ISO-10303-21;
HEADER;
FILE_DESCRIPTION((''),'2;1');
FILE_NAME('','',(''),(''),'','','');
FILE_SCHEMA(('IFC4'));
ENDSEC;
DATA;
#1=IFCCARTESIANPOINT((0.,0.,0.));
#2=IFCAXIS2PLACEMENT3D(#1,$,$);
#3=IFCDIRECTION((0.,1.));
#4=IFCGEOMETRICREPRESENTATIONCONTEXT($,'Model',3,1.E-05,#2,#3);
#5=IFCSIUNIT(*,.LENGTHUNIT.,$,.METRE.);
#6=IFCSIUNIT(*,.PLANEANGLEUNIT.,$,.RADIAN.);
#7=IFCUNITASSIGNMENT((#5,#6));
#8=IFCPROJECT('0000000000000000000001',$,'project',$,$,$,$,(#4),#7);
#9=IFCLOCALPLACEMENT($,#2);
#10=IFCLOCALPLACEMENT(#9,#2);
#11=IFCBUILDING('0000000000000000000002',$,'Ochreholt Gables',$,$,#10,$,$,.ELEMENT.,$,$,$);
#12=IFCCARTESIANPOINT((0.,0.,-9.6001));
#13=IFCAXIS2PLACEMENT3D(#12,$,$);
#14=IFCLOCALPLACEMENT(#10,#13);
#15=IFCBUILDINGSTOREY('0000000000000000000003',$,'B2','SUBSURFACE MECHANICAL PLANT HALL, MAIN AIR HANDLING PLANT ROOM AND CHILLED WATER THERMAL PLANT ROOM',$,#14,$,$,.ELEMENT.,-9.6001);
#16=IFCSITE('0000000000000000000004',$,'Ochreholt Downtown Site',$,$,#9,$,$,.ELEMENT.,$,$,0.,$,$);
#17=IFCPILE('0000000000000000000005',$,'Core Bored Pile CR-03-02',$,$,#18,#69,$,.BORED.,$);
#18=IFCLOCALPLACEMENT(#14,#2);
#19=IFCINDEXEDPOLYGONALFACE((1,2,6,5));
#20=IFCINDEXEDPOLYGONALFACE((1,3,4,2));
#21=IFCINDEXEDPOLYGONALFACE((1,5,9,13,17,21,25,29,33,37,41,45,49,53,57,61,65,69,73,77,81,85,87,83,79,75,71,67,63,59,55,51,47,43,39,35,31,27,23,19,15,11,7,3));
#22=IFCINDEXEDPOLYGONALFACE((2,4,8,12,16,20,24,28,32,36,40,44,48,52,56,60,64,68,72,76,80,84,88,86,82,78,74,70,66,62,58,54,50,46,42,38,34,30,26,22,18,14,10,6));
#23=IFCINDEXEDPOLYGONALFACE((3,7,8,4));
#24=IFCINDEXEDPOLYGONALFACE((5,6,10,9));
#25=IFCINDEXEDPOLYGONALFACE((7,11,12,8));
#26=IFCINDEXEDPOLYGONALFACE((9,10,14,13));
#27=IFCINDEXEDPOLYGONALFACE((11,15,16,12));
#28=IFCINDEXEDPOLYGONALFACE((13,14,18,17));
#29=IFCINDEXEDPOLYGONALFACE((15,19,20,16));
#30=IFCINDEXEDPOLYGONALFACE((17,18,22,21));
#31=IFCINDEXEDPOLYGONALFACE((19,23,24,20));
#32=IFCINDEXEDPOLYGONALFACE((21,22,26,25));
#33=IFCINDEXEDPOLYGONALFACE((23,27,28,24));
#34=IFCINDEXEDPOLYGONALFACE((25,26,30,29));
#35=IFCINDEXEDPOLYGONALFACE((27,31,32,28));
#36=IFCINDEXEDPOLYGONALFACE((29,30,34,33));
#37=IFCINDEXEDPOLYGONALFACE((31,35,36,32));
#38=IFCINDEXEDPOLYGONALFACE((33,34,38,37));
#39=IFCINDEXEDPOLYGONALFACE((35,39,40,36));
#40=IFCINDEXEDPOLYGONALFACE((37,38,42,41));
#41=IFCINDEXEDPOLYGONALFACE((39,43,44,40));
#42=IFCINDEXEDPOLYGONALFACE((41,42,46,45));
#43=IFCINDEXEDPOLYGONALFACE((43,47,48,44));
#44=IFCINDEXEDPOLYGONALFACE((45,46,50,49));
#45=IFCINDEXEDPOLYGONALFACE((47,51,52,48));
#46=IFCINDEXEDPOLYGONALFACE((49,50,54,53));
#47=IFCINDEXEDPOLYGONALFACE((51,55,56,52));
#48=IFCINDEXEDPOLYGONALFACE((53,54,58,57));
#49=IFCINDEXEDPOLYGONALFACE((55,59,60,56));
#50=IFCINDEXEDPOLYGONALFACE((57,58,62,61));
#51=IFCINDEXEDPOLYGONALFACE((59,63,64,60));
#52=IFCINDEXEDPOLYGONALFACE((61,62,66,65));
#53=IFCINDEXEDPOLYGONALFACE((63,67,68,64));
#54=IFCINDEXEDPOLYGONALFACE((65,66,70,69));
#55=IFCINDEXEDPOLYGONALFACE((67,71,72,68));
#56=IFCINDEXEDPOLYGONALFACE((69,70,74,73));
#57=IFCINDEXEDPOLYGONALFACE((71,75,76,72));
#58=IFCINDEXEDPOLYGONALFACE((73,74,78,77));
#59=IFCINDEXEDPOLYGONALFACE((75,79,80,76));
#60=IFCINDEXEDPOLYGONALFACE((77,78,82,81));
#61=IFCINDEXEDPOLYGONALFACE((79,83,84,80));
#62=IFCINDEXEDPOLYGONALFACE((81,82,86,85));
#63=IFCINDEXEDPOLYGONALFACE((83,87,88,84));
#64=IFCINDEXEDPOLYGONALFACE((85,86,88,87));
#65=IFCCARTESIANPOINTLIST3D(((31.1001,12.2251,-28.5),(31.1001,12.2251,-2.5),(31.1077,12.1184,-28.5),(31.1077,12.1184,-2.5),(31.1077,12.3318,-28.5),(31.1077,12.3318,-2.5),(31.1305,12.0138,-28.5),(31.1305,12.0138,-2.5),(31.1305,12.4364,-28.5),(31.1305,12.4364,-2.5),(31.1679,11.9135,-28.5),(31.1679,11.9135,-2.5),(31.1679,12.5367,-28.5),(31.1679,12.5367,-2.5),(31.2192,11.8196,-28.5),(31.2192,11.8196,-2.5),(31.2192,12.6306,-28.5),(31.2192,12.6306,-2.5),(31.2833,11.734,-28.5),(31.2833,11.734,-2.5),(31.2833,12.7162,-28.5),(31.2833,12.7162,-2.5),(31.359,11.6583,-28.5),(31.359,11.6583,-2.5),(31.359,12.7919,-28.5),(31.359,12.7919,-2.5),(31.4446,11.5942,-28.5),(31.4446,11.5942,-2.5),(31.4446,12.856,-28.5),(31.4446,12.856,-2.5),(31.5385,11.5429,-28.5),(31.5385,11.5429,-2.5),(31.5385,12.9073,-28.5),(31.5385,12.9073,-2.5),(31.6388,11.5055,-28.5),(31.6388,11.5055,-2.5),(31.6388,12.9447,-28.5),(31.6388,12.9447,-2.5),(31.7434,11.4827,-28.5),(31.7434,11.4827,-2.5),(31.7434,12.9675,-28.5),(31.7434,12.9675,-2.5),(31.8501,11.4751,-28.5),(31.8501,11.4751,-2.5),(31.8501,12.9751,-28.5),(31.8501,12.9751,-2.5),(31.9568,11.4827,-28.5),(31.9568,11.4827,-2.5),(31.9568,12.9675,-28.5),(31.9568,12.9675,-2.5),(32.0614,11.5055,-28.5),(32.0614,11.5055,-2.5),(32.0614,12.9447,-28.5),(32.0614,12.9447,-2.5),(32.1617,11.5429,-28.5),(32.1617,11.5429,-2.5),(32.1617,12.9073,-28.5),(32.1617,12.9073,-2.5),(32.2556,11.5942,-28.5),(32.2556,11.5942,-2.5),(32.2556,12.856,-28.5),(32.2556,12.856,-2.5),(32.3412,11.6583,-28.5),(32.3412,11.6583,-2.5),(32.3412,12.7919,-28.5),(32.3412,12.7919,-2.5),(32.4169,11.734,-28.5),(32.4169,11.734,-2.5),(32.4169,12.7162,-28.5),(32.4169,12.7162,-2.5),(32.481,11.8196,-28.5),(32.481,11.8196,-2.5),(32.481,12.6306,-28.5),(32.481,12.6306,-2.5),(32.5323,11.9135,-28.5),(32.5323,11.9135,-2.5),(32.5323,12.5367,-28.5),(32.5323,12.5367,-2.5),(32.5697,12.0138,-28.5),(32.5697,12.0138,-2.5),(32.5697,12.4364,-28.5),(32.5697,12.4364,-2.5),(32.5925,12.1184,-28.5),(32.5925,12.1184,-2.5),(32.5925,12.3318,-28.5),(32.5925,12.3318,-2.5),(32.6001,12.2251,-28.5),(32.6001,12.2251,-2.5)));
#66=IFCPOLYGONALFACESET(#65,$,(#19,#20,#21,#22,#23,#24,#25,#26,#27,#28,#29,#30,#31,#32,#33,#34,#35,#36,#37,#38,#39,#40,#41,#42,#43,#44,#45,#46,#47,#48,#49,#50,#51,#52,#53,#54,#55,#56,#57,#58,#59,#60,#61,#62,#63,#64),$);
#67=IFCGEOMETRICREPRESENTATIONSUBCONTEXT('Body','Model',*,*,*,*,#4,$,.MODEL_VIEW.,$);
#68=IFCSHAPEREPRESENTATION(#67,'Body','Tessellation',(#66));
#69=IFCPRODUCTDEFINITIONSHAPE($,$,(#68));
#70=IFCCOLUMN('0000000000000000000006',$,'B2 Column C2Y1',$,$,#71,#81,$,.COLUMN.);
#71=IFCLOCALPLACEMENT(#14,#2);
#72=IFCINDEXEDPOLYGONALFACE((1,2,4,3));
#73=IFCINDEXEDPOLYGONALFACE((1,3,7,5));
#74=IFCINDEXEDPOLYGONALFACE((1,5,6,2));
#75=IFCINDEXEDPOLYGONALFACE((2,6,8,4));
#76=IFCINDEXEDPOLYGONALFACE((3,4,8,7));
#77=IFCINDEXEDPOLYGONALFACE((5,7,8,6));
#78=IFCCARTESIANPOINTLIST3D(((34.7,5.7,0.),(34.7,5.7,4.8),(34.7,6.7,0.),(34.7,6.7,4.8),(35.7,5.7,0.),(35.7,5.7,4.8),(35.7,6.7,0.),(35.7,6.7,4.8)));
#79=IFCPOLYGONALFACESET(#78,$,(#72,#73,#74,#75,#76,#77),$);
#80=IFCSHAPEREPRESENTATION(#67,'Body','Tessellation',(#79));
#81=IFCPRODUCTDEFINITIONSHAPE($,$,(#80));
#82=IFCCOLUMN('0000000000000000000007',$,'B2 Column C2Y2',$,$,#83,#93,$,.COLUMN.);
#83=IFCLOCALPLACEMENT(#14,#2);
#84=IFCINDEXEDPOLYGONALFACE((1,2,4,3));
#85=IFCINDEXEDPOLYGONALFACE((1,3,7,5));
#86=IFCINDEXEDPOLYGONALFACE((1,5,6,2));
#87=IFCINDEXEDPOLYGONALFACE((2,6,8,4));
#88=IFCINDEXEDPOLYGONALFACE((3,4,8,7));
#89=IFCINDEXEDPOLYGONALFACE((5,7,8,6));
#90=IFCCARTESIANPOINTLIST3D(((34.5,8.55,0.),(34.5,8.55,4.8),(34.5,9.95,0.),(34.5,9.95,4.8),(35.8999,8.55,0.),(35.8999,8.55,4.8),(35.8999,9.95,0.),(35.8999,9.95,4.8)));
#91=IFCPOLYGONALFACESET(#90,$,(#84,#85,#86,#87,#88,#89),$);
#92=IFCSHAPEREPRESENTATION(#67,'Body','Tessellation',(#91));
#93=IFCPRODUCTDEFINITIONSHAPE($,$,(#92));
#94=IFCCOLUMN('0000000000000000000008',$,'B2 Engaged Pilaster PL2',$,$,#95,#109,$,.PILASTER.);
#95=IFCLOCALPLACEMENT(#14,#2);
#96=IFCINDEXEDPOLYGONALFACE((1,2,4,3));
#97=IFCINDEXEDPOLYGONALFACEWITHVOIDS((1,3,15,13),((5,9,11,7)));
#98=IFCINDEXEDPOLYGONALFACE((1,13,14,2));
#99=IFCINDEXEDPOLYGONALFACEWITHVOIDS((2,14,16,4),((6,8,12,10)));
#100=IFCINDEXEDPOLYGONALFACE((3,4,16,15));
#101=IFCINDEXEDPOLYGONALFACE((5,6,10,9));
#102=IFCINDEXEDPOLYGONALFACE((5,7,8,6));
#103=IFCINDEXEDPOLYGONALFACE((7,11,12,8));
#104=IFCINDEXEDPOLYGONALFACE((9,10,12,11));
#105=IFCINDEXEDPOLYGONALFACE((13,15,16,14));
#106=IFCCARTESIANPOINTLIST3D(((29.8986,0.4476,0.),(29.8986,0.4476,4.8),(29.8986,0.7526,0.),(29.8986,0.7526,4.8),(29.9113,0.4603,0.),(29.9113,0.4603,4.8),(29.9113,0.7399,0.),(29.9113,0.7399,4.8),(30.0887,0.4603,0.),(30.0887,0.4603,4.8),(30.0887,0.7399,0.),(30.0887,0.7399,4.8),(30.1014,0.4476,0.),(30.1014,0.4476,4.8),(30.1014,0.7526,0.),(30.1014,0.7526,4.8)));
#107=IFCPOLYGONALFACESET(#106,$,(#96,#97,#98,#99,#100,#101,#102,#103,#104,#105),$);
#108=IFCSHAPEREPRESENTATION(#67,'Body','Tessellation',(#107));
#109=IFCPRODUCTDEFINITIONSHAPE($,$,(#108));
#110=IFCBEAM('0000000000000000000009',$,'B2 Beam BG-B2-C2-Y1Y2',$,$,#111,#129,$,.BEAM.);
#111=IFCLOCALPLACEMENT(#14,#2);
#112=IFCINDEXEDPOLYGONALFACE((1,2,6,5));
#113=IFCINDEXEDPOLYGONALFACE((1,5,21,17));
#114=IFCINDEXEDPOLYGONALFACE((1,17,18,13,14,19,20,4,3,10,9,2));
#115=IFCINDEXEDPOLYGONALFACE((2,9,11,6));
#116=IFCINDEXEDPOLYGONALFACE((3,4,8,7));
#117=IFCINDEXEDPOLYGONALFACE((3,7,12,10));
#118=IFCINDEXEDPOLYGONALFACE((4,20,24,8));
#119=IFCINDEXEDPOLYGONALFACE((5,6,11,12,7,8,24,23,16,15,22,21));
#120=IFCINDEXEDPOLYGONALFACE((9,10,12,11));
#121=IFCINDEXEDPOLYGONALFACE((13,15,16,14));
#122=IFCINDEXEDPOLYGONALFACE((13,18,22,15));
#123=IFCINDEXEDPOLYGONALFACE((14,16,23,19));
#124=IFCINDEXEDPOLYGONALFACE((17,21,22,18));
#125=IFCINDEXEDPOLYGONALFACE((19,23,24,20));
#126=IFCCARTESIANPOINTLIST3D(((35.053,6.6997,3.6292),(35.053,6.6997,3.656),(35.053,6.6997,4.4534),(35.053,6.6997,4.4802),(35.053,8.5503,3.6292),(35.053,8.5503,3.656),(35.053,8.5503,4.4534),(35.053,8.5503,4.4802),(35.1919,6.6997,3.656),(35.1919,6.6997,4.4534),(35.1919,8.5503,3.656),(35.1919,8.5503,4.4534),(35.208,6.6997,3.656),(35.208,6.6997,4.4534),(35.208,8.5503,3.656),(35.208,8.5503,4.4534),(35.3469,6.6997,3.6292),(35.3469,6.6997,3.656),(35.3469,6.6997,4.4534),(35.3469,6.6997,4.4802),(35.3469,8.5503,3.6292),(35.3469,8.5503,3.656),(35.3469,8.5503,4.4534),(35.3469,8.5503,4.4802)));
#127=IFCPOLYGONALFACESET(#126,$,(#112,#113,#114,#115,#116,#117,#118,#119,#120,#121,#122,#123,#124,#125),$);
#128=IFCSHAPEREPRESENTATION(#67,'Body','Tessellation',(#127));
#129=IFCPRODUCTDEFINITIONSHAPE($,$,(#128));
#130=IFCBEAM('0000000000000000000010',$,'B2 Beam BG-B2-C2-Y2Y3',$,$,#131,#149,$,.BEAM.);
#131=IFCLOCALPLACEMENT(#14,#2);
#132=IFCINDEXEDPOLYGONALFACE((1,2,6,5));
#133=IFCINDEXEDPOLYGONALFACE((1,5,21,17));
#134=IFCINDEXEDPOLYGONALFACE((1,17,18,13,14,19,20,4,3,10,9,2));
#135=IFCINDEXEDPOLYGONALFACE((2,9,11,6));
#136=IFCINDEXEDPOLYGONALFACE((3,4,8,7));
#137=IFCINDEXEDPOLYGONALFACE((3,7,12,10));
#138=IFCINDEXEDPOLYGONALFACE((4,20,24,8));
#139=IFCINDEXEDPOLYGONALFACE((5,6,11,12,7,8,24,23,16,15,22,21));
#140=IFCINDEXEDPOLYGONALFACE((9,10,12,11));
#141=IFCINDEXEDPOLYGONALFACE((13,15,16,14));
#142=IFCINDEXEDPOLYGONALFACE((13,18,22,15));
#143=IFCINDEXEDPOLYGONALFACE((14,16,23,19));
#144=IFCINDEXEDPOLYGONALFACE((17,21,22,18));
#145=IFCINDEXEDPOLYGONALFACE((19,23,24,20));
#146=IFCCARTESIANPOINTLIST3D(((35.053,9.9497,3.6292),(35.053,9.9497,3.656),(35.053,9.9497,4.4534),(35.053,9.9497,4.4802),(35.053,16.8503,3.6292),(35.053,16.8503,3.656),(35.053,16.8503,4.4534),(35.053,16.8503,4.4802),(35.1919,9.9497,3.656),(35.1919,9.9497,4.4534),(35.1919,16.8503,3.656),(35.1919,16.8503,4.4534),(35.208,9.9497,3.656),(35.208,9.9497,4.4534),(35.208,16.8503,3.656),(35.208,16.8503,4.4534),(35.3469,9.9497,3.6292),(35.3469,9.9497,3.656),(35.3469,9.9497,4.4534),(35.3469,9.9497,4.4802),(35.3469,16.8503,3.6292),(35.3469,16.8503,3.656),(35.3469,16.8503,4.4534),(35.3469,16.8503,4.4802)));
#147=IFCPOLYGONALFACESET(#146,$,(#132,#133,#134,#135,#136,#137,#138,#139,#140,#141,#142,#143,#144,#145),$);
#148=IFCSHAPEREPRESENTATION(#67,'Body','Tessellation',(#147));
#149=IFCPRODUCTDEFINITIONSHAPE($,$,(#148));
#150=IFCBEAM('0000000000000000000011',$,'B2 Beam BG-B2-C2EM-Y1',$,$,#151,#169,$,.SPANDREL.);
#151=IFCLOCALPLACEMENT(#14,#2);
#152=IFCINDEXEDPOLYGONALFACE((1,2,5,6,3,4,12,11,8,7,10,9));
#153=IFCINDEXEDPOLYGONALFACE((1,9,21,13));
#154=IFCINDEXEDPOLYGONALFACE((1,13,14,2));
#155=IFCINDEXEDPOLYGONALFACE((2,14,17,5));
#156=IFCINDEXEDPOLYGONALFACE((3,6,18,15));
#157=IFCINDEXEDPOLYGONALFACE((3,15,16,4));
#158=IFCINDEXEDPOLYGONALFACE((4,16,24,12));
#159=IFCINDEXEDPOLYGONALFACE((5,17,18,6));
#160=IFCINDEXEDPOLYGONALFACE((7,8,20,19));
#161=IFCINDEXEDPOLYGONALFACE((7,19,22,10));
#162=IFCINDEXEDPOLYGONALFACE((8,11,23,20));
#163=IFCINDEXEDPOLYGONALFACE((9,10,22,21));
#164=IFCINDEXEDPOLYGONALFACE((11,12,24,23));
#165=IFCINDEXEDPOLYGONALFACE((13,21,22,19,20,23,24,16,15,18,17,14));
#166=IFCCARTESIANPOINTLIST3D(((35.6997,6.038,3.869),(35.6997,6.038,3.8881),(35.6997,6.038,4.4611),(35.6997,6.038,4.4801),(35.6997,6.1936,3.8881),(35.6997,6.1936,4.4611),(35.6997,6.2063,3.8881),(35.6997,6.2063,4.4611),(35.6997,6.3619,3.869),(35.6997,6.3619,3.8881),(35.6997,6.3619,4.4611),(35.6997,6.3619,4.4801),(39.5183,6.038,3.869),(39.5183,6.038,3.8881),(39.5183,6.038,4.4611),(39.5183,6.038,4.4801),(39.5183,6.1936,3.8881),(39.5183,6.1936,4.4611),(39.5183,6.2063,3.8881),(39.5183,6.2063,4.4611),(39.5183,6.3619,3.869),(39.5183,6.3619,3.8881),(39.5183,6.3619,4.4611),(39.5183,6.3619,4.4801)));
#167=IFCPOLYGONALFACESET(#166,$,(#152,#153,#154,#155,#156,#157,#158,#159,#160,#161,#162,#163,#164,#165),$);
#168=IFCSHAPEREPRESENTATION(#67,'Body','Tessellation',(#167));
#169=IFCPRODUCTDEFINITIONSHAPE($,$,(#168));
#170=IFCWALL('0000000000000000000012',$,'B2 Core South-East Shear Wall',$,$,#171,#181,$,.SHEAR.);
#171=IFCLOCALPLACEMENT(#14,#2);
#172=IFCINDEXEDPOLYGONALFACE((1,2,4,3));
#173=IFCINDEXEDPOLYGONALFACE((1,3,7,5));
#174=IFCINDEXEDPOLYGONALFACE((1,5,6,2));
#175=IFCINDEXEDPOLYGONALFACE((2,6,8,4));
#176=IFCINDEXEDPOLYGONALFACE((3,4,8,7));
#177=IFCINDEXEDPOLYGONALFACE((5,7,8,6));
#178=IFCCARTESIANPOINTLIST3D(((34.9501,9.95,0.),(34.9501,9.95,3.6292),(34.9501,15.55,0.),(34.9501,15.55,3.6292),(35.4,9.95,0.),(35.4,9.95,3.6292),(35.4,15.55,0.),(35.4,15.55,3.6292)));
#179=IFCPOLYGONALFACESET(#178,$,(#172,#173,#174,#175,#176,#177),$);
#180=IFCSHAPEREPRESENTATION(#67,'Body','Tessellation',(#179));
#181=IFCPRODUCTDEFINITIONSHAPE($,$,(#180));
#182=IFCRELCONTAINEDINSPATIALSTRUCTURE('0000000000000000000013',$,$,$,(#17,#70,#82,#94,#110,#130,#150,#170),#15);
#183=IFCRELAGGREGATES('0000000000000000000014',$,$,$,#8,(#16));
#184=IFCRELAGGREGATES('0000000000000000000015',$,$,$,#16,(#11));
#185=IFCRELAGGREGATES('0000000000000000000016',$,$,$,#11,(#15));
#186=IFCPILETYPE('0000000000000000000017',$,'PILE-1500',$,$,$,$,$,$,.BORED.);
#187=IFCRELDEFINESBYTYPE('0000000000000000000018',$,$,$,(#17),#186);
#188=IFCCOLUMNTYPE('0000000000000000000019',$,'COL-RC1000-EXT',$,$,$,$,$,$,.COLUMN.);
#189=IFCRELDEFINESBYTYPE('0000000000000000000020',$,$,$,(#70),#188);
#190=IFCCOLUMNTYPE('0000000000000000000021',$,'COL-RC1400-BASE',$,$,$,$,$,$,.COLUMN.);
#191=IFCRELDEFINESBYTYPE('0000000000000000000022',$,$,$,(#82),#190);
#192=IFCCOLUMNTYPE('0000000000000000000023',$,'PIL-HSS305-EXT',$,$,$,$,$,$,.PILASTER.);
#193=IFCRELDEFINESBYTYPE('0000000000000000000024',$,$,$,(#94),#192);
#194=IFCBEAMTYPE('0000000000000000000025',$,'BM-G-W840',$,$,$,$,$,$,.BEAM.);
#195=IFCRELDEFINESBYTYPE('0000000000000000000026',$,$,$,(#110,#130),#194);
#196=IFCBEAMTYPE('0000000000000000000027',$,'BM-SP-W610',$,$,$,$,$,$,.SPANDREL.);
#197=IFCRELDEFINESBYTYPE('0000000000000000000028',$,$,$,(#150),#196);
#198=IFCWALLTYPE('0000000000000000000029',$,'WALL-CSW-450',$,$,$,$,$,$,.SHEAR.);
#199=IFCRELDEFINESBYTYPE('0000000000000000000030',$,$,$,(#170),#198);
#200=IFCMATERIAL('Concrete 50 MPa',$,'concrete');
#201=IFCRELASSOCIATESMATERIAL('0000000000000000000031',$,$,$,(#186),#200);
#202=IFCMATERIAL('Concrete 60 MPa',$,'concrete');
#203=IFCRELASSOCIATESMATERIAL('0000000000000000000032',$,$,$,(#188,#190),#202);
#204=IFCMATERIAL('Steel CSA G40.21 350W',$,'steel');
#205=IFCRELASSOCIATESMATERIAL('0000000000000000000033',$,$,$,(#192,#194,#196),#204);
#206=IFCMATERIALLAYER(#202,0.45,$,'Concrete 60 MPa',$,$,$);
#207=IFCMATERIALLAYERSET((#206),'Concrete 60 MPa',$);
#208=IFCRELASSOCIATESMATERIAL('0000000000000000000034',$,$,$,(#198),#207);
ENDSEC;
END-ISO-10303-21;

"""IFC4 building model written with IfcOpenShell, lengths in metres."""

from ifc_helpers import new_model, si_unit, direction, frame, frame_2d, origin, origin_2d, place, context, subcontext, project, spatial, rectangle, hollow_rectangle, circle, i_section, extrude, material, layer, layer_set, material_profile, profile_set, type_object, element, save


model = new_model("IFC4")

# Units and contexts
model_context = context("Model", 3, precision=1e-05, world=origin(), true_north=direction((0.0, 1.0)))
body_context = subcontext(model_context, "Body", "Model", "MODEL_VIEW")
ifc_project = project(units=[si_unit("LENGTHUNIT", "METRE"), si_unit("PLANEANGLEUNIT", "RADIAN")], contexts=[model_context])

# Site, building, storey
site_placement = place(None, origin())
site = spatial("IfcSite", under=ifc_project, at=site_placement, Name="Ochreholt Downtown Site", CompositionType="ELEMENT", RefElevation=0.0)
building_placement = place(site_placement, origin())
building = spatial("IfcBuilding", under=site, at=building_placement, Name="Ochreholt Gables", CompositionType="ELEMENT")
storey_placement = place(building_placement, frame((0.0, 0.0, -9.6001)))
storey = spatial("IfcBuildingStorey", under=building, at=storey_placement, Name="B2", Description="SUBSURFACE MECHANICAL PLANT HALL, MAIN AIR HANDLING PLANT ROOM AND CHILLED WATER THERMAL PLANT ROOM", CompositionType="ELEMENT", Elevation=-9.6001)

# Pile
ifc_material_1 = material(Name="Concrete 50 MPa", Category="concrete")
ifc_material_profile_1 = material_profile(ifc_material_1, circle(Radius=0.75, at=origin_2d()), Name="PILE1500")
ifc_profile_set_1 = profile_set([ifc_material_profile_1], Name="Concrete 50 MPa")
pile_type = type_object("IfcPileType", Name="PILE-1500", PredefinedType="BORED", material=ifc_profile_set_1)
for number, where, z_axis, x_axis, name in (
    (1, (31.8501, 12.2251, -2.5), (0.0, 0.0, -1.0), (1.0, 0.0, 0.0), "Core Bored Pile CR-03-02"),
):
    element("IfcPile", number, at=place(storey_placement, frame(where, z_axis=z_axis, x_axis=x_axis)), inside=storey, type_object=pile_type, Name=name, PredefinedType="BORED", context=body_context, shape_type="SweptSolid", body=[
        extrude(circle(Radius=0.75, at=origin_2d()), origin(), (0.0, 0.0, 1.0), 26.0),
    ])

# Columns
ifc_material_2 = material(Name="Concrete 60 MPa", Category="concrete")
ifc_material_profile_2 = material_profile(ifc_material_2, rectangle(XDim=1.0, YDim=1.0, at=origin_2d()), Name="RC1000X1000")
ifc_profile_set_2 = profile_set([ifc_material_profile_2], Name="Concrete 60 MPa")
column_type_1 = type_object("IfcColumnType", Name="COL-RC1000-EXT", PredefinedType="COLUMN", material=ifc_profile_set_2)
column_1_placement = place(storey_placement, frame((35.2, 6.2, 0.0), z_axis=(0.0, 0.0, 1.0), x_axis=(1.0, 0.0, 0.0)))
element("IfcColumn", 2, at=column_1_placement, inside=storey, type_object=column_type_1, Name="B2 Column C2Y1", PredefinedType="COLUMN", context=body_context, shape_type="SweptSolid", body=[
    extrude(rectangle(XDim=1.0, YDim=1.0, at=origin_2d()), origin(), (0.0, 0.0, 1.0), 4.8),
])
ifc_material_profile_3 = material_profile(ifc_material_2, rectangle(XDim=1.3999, YDim=1.3999, at=origin_2d()), Name="RC1400X1400")
ifc_profile_set_3 = profile_set([ifc_material_profile_3], Name="Concrete 60 MPa")
column_type_2 = type_object("IfcColumnType", Name="COL-RC1400-BASE", PredefinedType="COLUMN", material=ifc_profile_set_3)
column_2_placement = place(storey_placement, frame((35.2, 9.25, 0.0), z_axis=(0.0, 0.0, 1.0), x_axis=(1.0, 0.0, 0.0)))
element("IfcColumn", 3, at=column_2_placement, inside=storey, type_object=column_type_2, Name="B2 Column C2Y2", PredefinedType="COLUMN", context=body_context, shape_type="SweptSolid", body=[
    extrude(rectangle(XDim=1.3999, YDim=1.3999, at=origin_2d()), origin(), (0.0, 0.0, 1.0), 4.8),
])
ifc_material_3 = material(Name="Steel CSA G40.21 350W", Category="steel")
ifc_material_profile_4 = material_profile(ifc_material_3, hollow_rectangle(XDim=0.2029, YDim=0.3049, WallThickness=0.0127, at=origin_2d()), Name="HSS305X203X13")
ifc_profile_set_4 = profile_set([ifc_material_profile_4], Name="Steel CSA G40.21 350W")
column_type_3 = type_object("IfcColumnType", Name="PIL-HSS305-EXT", PredefinedType="PILASTER", material=ifc_profile_set_4)
column_3_placement = place(storey_placement, frame((30.0, 0.6001, 0.0), z_axis=(0.0, 0.0, 1.0), x_axis=(1.0, 0.0, 0.0)))
element("IfcColumn", 4, at=column_3_placement, inside=storey, type_object=column_type_3, Name="B2 Engaged Pilaster PL2", PredefinedType="PILASTER", context=body_context, shape_type="SweptSolid", body=[
    extrude(hollow_rectangle(XDim=0.2029, YDim=0.3049, WallThickness=0.0127, at=origin_2d()), origin(), (0.0, 0.0, 1.0), 4.8),
])

# Beams
ifc_material_profile_5 = material_profile(ifc_material_3, i_section(OverallWidth=0.2939, OverallDepth=0.8511, WebThickness=0.0161, FlangeThickness=0.0269, at=origin_2d()), Name="W840X226")
ifc_profile_set_5 = profile_set([ifc_material_profile_5], Name="Steel CSA G40.21 350W")
beam_type_1 = type_object("IfcBeamType", Name="BM-G-W840", PredefinedType="BEAM", material=ifc_profile_set_5)
beam_1_placement = place(storey_placement, frame((35.2, 6.6997, 4.0547), z_axis=(0.0, 1.0, 0.0), x_axis=(-1.0, 0.0, 0.0)))
element("IfcBeam", 5, at=beam_1_placement, inside=storey, type_object=beam_type_1, Name="B2 Beam BG-B2-C2-Y1Y2", PredefinedType="BEAM", context=body_context, shape_type="SweptSolid", body=[
    extrude(i_section(OverallWidth=0.2939, OverallDepth=0.8511, WebThickness=0.0161, FlangeThickness=0.0269, at=origin_2d()), origin(), (0.0, 0.0, 1.0), 1.8506),
])
beam_2_placement = place(storey_placement, frame((35.2, 9.9497, 4.0547), z_axis=(0.0, 1.0, 0.0), x_axis=(-1.0, 0.0, 0.0)))
element("IfcBeam", 6, at=beam_2_placement, inside=storey, type_object=beam_type_1, Name="B2 Beam BG-B2-C2-Y2Y3", PredefinedType="BEAM", context=body_context, shape_type="SweptSolid", body=[
    extrude(i_section(OverallWidth=0.2939, OverallDepth=0.8511, WebThickness=0.0161, FlangeThickness=0.0269, at=origin_2d()), origin(), (0.0, 0.0, 1.0), 6.9006),
])
ifc_material_profile_6 = material_profile(ifc_material_3, i_section(OverallWidth=0.324, OverallDepth=0.6111, WebThickness=0.0127, FlangeThickness=0.019, at=origin_2d()), Name="W610X155")
ifc_profile_set_6 = profile_set([ifc_material_profile_6], Name="Steel CSA G40.21 350W")
beam_type_2 = type_object("IfcBeamType", Name="BM-SP-W610", PredefinedType="SPANDREL", material=ifc_profile_set_6)
beam_3_placement = place(storey_placement, frame((35.6997, 6.2, 4.1746), z_axis=(1.0, 0.0, 0.0), x_axis=(0.0, 1.0, 0.0)))
element("IfcBeam", 7, at=beam_3_placement, inside=storey, type_object=beam_type_2, Name="B2 Beam BG-B2-C2EM-Y1", PredefinedType="SPANDREL", context=body_context, shape_type="SweptSolid", body=[
    extrude(i_section(OverallWidth=0.324, OverallDepth=0.6111, WebThickness=0.0127, FlangeThickness=0.019, at=origin_2d()), origin(), (0.0, 0.0, 1.0), 3.8186),
])

# Wall
ifc_layer_1 = layer(ifc_material_2, 0.45, Name="Concrete 60 MPa")
ifc_layer_set_1 = layer_set([ifc_layer_1], Name="Concrete 60 MPa")
wall_type_1 = type_object("IfcWallType", Name="WALL-CSW-450", PredefinedType="SHEAR", material=ifc_layer_set_1)
wall_1_placement = place(storey_placement, frame((35.175, 9.95, 0.0), z_axis=(0.0, 0.0, 1.0), x_axis=(0.0, 1.0, 0.0)))
element("IfcWall", 8, at=wall_1_placement, inside=storey, type_object=wall_type_1, Name="B2 Core South-East Shear Wall", PredefinedType="SHEAR", context=body_context, shape_type="SweptSolid", body=[
    extrude(rectangle(XDim=5.6001, YDim=0.45, at=frame_2d((2.8, 0.0))), origin(), (0.0, 0.0, 1.0), 3.6292),
])

save(model, "model.ifc")
